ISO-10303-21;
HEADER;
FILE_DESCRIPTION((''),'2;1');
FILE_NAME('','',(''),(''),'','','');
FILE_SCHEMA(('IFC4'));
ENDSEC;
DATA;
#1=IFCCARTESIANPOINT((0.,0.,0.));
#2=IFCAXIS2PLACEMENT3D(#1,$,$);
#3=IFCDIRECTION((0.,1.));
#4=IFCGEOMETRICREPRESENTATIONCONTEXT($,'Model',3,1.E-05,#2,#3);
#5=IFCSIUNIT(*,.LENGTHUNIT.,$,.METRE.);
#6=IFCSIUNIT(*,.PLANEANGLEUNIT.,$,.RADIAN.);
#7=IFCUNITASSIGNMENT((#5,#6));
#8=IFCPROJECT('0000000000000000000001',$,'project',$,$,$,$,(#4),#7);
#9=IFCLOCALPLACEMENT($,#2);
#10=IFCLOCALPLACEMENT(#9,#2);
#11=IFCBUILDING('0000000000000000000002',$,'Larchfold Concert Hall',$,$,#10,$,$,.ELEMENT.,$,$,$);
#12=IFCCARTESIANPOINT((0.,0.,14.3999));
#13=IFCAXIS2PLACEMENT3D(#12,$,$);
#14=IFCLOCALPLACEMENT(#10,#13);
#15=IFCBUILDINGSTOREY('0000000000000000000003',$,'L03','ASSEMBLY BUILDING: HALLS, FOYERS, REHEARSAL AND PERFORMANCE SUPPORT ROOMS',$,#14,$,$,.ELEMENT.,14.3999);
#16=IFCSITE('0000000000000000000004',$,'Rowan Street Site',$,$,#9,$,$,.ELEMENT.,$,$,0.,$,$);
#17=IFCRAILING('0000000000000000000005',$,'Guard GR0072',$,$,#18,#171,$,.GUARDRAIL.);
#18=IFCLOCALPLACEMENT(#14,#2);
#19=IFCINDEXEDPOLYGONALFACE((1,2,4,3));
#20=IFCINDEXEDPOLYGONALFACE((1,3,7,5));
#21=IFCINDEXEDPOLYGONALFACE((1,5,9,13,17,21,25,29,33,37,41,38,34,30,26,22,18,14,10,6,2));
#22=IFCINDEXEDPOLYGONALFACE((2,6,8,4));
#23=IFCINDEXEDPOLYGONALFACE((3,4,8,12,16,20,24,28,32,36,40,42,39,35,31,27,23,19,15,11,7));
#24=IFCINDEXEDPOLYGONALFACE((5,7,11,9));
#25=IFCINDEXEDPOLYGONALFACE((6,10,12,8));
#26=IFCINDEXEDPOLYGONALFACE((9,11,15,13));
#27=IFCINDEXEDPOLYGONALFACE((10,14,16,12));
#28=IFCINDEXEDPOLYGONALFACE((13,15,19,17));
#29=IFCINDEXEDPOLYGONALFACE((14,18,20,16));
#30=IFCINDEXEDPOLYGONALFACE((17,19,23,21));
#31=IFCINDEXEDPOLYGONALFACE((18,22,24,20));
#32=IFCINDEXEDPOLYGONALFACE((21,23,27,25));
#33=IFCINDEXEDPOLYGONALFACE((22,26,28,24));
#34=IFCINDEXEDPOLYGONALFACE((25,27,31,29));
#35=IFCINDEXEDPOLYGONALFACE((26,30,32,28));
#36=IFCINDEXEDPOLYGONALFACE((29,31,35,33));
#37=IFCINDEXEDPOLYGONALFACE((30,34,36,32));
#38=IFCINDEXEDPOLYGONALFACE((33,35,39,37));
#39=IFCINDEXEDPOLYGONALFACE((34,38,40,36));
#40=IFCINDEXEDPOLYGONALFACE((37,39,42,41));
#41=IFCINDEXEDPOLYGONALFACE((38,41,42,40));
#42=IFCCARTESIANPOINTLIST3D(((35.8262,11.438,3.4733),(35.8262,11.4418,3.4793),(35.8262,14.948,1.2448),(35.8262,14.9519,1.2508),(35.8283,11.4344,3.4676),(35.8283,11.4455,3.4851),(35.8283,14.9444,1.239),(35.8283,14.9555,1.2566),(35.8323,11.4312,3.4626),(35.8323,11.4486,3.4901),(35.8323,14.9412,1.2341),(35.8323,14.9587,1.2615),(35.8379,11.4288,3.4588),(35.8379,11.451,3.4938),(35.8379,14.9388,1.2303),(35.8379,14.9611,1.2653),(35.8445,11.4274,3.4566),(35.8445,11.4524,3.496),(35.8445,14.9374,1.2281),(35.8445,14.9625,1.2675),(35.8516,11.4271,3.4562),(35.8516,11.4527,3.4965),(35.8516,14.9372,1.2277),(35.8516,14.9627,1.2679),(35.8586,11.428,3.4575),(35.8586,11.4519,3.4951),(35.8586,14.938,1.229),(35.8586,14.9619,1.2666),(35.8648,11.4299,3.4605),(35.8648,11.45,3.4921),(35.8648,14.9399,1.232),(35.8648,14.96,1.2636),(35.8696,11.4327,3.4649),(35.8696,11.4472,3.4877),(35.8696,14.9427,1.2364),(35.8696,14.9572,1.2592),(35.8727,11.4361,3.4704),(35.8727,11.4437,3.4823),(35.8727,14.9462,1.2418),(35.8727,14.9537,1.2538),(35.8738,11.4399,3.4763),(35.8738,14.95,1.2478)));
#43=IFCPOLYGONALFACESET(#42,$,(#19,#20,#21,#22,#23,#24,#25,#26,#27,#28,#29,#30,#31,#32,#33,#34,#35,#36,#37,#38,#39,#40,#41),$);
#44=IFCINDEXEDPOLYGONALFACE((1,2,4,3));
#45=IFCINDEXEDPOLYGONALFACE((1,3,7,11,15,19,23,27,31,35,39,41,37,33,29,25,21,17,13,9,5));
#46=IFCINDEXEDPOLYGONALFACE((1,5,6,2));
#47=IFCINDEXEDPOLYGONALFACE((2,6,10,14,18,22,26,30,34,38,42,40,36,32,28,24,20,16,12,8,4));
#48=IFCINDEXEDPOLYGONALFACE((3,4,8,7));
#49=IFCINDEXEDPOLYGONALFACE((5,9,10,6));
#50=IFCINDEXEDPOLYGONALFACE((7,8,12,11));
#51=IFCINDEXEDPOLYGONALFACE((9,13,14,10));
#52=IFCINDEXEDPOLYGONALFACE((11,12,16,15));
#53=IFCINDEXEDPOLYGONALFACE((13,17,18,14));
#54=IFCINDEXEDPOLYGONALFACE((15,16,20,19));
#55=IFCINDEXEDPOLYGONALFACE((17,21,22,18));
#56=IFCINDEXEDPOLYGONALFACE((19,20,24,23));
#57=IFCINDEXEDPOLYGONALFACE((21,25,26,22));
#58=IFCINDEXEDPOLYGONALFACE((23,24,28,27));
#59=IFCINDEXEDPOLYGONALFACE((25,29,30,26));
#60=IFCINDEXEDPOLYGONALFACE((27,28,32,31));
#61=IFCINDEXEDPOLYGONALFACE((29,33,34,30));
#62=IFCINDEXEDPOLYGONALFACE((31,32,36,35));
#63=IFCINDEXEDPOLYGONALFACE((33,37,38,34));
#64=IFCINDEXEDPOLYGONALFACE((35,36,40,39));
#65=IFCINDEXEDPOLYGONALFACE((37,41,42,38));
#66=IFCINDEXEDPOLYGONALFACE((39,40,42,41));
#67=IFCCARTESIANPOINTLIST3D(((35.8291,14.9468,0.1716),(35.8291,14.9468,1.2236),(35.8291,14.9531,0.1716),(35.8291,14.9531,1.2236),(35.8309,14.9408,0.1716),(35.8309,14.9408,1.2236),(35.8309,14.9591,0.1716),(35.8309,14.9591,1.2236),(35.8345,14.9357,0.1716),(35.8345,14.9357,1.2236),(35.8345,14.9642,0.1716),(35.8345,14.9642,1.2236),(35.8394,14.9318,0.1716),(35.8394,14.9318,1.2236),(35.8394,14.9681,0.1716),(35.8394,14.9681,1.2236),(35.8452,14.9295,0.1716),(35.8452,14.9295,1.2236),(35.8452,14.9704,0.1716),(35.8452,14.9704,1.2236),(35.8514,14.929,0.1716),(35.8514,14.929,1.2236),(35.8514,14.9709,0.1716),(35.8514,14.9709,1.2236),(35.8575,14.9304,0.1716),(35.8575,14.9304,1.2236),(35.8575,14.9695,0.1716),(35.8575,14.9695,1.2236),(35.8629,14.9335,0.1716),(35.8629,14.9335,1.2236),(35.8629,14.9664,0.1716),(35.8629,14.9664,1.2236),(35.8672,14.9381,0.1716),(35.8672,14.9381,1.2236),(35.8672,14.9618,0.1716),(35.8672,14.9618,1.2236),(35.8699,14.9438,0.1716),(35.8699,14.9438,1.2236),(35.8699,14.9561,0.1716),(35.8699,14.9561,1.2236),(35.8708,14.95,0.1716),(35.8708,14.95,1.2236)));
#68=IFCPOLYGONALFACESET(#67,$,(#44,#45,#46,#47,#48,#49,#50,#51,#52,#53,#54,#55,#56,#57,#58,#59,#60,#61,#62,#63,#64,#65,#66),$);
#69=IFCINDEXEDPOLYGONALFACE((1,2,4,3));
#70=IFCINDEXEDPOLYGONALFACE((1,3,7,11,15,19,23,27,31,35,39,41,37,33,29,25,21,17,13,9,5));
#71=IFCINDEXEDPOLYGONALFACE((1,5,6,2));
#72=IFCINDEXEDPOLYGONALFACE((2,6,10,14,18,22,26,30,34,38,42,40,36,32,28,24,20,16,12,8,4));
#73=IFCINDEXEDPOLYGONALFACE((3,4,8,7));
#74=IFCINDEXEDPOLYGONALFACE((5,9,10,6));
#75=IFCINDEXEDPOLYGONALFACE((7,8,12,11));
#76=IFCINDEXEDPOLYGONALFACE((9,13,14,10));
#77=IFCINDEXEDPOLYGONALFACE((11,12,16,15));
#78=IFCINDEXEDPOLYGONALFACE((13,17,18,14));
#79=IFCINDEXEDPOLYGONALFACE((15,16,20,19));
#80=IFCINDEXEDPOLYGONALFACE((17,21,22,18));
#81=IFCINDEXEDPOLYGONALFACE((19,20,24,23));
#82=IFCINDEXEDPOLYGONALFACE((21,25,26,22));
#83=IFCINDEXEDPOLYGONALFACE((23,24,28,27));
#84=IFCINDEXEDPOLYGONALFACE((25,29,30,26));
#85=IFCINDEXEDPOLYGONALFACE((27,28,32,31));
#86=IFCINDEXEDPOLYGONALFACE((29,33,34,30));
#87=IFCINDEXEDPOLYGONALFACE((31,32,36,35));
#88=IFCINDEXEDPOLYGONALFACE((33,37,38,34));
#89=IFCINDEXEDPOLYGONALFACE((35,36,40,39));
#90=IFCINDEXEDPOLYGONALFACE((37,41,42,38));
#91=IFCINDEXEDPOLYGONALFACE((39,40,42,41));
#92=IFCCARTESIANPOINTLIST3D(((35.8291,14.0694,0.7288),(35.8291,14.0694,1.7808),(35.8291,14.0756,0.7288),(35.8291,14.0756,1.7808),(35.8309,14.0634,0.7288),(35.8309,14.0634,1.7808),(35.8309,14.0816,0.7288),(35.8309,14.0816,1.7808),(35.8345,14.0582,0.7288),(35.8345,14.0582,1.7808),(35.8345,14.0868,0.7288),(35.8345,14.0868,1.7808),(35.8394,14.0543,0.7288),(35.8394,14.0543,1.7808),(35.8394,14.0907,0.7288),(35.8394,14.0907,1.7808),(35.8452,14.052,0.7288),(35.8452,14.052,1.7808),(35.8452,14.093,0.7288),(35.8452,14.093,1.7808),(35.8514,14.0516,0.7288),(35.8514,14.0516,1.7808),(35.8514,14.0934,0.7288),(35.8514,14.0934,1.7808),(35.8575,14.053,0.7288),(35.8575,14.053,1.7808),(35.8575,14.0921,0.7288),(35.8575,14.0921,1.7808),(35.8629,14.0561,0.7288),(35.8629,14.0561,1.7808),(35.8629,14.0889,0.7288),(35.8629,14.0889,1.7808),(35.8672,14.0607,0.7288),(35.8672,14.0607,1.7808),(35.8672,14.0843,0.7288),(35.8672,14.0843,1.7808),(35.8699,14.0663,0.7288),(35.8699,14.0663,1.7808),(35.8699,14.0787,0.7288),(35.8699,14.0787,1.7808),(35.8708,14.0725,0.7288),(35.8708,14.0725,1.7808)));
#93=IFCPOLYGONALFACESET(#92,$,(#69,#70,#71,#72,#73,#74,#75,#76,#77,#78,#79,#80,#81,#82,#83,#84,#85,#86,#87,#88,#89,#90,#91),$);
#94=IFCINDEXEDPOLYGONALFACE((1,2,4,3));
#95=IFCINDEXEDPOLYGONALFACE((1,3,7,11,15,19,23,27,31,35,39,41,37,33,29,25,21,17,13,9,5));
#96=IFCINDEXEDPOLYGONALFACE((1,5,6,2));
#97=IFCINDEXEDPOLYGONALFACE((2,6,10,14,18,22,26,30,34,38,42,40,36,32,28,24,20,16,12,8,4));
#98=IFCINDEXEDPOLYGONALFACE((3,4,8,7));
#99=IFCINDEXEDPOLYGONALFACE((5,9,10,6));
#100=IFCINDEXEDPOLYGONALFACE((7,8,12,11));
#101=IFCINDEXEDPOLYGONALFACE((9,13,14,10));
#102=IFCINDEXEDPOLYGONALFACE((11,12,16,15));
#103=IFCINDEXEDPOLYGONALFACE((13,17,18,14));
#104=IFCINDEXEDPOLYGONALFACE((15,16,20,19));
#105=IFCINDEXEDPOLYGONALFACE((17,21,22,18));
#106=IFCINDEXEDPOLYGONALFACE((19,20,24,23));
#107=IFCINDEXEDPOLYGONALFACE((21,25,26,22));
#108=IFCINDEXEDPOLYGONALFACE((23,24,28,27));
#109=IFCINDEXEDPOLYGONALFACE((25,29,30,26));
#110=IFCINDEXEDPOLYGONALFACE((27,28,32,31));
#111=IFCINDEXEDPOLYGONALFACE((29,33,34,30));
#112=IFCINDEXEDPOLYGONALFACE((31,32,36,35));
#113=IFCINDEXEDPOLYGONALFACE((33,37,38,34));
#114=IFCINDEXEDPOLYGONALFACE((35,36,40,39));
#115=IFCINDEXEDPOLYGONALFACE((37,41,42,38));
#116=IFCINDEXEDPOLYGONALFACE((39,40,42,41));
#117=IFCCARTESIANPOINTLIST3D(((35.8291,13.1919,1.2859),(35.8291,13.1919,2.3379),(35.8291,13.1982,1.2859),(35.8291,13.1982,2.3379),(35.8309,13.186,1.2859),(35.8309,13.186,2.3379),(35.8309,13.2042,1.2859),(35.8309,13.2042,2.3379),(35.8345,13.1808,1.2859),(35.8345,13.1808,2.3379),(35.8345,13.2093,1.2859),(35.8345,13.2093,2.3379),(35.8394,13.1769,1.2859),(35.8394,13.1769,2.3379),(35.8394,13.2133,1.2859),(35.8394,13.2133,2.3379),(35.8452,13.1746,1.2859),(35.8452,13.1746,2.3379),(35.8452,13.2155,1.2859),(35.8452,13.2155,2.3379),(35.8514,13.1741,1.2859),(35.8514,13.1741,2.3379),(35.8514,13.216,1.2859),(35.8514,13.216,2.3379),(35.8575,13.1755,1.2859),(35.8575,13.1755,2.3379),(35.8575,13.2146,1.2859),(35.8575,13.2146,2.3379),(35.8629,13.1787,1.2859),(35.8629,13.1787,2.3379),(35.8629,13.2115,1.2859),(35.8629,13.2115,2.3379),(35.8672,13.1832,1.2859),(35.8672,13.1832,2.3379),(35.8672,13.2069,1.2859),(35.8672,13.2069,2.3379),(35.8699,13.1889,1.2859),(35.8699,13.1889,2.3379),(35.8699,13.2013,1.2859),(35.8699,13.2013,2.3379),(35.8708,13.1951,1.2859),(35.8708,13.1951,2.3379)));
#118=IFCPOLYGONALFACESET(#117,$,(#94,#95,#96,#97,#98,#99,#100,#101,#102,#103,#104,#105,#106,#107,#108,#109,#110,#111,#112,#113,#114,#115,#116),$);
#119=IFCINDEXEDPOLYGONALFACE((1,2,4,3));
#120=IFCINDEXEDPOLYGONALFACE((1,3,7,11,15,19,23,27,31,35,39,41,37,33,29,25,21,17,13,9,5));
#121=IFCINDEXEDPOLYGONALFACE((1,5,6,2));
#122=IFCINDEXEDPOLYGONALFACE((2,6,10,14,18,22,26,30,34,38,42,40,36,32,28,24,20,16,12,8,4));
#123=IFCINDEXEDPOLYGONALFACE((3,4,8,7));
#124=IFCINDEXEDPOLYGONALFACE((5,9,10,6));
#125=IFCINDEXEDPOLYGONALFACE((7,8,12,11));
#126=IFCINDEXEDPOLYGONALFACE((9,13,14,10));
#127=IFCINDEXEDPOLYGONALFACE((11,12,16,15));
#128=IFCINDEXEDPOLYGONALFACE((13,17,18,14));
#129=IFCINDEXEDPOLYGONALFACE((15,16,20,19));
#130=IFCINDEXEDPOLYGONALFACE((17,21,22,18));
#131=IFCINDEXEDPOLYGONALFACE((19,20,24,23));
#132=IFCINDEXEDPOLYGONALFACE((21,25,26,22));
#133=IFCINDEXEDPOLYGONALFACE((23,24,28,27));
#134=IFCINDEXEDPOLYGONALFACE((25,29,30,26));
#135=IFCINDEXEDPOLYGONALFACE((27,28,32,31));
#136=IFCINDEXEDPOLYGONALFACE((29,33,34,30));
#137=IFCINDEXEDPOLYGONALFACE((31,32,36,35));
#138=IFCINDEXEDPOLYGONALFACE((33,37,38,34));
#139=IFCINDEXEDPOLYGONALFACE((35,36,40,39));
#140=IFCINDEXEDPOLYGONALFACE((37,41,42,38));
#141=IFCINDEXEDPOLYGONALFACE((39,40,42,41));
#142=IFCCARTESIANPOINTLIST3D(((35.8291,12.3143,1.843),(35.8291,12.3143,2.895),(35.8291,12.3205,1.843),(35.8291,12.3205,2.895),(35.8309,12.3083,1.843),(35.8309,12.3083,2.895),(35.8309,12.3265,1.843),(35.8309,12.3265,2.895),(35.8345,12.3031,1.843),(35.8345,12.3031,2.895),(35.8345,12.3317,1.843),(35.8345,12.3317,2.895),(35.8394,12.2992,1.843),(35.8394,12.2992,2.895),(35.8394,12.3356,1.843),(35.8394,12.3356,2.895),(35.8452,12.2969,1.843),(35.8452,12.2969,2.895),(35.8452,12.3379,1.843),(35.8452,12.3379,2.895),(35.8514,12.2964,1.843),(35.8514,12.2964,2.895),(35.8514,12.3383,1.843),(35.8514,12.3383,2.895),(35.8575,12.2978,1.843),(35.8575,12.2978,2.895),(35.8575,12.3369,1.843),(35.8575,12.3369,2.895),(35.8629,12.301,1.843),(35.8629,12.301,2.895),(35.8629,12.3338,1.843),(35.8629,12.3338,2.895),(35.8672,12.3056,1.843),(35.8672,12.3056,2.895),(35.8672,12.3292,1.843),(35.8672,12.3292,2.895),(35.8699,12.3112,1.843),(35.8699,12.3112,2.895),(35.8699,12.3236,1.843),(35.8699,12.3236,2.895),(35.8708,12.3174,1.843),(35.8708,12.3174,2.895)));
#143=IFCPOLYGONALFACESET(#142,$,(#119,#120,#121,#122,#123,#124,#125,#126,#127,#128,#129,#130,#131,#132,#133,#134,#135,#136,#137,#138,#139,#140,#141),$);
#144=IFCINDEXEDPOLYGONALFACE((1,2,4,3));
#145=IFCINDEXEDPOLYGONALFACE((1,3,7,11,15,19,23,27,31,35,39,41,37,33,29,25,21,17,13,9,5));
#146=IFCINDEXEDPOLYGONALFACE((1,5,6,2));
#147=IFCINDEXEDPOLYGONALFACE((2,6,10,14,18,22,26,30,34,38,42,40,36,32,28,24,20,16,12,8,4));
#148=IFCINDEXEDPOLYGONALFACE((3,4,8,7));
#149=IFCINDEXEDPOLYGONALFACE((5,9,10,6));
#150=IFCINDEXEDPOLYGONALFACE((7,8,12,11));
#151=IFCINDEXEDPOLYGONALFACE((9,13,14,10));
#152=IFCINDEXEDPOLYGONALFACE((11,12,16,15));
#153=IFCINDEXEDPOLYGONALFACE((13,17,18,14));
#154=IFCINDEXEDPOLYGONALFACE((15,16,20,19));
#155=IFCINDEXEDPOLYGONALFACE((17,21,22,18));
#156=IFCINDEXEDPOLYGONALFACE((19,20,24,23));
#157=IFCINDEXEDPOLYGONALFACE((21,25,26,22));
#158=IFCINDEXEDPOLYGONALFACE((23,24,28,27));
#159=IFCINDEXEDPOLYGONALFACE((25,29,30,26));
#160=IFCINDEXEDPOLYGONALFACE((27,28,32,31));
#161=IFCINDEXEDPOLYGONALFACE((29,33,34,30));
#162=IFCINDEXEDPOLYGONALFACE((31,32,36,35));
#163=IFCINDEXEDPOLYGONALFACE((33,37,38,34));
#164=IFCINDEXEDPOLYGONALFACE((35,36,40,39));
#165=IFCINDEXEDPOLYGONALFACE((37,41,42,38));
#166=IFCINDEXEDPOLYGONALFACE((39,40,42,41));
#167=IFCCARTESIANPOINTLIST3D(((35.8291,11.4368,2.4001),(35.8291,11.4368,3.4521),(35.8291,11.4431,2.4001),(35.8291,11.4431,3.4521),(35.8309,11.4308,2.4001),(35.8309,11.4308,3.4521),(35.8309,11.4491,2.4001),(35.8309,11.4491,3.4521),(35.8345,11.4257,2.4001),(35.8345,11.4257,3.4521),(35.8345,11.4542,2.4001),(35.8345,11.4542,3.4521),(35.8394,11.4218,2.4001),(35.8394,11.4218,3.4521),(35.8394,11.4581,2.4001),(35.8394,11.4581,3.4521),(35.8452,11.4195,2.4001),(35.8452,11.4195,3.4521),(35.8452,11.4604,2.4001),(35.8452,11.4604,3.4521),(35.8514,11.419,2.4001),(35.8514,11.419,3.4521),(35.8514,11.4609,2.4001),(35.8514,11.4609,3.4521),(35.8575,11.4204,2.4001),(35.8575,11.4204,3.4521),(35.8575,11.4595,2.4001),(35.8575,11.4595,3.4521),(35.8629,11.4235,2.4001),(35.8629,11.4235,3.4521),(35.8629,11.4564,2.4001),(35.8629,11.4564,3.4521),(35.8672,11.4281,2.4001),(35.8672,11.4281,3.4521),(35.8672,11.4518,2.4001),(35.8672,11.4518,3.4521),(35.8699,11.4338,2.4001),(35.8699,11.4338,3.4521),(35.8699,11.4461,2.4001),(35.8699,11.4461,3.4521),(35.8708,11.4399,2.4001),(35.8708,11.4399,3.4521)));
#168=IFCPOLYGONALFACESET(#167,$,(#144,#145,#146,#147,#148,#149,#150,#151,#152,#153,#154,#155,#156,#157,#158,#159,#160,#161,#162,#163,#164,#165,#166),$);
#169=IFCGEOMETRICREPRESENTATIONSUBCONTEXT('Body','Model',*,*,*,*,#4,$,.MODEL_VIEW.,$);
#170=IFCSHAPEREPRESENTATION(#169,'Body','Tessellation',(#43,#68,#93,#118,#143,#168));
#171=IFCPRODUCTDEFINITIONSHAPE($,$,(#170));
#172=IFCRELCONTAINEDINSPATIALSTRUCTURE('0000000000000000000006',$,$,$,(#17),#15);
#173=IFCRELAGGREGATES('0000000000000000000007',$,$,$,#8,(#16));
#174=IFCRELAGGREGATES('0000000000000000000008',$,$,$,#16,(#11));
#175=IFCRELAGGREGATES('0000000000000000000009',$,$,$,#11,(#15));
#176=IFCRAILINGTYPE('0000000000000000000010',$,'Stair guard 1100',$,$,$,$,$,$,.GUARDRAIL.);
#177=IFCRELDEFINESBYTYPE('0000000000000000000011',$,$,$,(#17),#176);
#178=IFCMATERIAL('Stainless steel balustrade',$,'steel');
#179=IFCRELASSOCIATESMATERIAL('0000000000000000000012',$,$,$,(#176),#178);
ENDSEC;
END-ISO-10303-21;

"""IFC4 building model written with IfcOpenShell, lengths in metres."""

from ifc_helpers import new_model, si_unit, direction, frame, origin, origin_2d, place, context, subcontext, project, spatial, circle, extrude, material, type_object, element, save


model = new_model("IFC4")

# Units and contexts
model_context = context("Model", 3, precision=1e-05, world=origin(), true_north=direction((0.0, 1.0)))
body_context = subcontext(model_context, "Body", "Model", "MODEL_VIEW")
ifc_project = project(units=[si_unit("LENGTHUNIT", "METRE"), si_unit("PLANEANGLEUNIT", "RADIAN")], contexts=[model_context])

# Site, building, storey
site_placement = place(None, origin())
site = spatial("IfcSite", under=ifc_project, at=site_placement, Name="Rowan Street Site", CompositionType="ELEMENT", RefElevation=0.0)
building_placement = place(site_placement, origin())
building = spatial("IfcBuilding", under=site, at=building_placement, Name="Larchfold Concert Hall", CompositionType="ELEMENT")
storey_placement = place(building_placement, frame((0.0, 0.0, 14.3999)))
storey = spatial("IfcBuildingStorey", under=building, at=storey_placement, Name="L03", Description="ASSEMBLY BUILDING: HALLS, FOYERS, REHEARSAL AND PERFORMANCE SUPPORT ROOMS", CompositionType="ELEMENT", Elevation=14.3999)

# Railing
ifc_material_1 = material(Name="Stainless steel balustrade", Category="steel")
railing_type_1 = type_object("IfcRailingType", Name="Stair guard 1100", PredefinedType="GUARDRAIL", material=ifc_material_1)
railing_1_placement = place(storey_placement, frame((35.8499, 14.95, 0.1716)))
element("IfcRailing", 1, at=railing_1_placement, inside=storey, type_object=railing_type_1, Name="Guard GR0072", PredefinedType="GUARDRAIL", context=body_context, shape_type="SweptSolid", body=[
    extrude(circle(Radius=0.0239, at=origin_2d()), frame((0.0, 0.0, 1.0762), z_axis=(0.0, -0.84422, 0.535998), x_axis=(1.0, 0.0, 0.0)), (0.0, 0.0, 1.0), 4.1577),
    extrude(circle(Radius=0.021, at=origin_2d()), origin(), (0.0, 0.0, 1.0), 1.052),
    extrude(circle(Radius=0.021, at=origin_2d()), frame((0.0, -0.8774, 0.5571)), (0.0, 0.0, 1.0), 1.052),
    extrude(circle(Radius=0.021, at=origin_2d()), frame((0.0, -1.7549, 1.1143)), (0.0, 0.0, 1.0), 1.052),
    extrude(circle(Radius=0.021, at=origin_2d()), frame((0.0, -2.6326, 1.6714)), (0.0, 0.0, 1.0), 1.052),
    extrude(circle(Radius=0.021, at=origin_2d()), frame((0.0, -3.51, 2.2285)), (0.0, 0.0, 1.0), 1.052),
])

save(model, "model.ifc")
